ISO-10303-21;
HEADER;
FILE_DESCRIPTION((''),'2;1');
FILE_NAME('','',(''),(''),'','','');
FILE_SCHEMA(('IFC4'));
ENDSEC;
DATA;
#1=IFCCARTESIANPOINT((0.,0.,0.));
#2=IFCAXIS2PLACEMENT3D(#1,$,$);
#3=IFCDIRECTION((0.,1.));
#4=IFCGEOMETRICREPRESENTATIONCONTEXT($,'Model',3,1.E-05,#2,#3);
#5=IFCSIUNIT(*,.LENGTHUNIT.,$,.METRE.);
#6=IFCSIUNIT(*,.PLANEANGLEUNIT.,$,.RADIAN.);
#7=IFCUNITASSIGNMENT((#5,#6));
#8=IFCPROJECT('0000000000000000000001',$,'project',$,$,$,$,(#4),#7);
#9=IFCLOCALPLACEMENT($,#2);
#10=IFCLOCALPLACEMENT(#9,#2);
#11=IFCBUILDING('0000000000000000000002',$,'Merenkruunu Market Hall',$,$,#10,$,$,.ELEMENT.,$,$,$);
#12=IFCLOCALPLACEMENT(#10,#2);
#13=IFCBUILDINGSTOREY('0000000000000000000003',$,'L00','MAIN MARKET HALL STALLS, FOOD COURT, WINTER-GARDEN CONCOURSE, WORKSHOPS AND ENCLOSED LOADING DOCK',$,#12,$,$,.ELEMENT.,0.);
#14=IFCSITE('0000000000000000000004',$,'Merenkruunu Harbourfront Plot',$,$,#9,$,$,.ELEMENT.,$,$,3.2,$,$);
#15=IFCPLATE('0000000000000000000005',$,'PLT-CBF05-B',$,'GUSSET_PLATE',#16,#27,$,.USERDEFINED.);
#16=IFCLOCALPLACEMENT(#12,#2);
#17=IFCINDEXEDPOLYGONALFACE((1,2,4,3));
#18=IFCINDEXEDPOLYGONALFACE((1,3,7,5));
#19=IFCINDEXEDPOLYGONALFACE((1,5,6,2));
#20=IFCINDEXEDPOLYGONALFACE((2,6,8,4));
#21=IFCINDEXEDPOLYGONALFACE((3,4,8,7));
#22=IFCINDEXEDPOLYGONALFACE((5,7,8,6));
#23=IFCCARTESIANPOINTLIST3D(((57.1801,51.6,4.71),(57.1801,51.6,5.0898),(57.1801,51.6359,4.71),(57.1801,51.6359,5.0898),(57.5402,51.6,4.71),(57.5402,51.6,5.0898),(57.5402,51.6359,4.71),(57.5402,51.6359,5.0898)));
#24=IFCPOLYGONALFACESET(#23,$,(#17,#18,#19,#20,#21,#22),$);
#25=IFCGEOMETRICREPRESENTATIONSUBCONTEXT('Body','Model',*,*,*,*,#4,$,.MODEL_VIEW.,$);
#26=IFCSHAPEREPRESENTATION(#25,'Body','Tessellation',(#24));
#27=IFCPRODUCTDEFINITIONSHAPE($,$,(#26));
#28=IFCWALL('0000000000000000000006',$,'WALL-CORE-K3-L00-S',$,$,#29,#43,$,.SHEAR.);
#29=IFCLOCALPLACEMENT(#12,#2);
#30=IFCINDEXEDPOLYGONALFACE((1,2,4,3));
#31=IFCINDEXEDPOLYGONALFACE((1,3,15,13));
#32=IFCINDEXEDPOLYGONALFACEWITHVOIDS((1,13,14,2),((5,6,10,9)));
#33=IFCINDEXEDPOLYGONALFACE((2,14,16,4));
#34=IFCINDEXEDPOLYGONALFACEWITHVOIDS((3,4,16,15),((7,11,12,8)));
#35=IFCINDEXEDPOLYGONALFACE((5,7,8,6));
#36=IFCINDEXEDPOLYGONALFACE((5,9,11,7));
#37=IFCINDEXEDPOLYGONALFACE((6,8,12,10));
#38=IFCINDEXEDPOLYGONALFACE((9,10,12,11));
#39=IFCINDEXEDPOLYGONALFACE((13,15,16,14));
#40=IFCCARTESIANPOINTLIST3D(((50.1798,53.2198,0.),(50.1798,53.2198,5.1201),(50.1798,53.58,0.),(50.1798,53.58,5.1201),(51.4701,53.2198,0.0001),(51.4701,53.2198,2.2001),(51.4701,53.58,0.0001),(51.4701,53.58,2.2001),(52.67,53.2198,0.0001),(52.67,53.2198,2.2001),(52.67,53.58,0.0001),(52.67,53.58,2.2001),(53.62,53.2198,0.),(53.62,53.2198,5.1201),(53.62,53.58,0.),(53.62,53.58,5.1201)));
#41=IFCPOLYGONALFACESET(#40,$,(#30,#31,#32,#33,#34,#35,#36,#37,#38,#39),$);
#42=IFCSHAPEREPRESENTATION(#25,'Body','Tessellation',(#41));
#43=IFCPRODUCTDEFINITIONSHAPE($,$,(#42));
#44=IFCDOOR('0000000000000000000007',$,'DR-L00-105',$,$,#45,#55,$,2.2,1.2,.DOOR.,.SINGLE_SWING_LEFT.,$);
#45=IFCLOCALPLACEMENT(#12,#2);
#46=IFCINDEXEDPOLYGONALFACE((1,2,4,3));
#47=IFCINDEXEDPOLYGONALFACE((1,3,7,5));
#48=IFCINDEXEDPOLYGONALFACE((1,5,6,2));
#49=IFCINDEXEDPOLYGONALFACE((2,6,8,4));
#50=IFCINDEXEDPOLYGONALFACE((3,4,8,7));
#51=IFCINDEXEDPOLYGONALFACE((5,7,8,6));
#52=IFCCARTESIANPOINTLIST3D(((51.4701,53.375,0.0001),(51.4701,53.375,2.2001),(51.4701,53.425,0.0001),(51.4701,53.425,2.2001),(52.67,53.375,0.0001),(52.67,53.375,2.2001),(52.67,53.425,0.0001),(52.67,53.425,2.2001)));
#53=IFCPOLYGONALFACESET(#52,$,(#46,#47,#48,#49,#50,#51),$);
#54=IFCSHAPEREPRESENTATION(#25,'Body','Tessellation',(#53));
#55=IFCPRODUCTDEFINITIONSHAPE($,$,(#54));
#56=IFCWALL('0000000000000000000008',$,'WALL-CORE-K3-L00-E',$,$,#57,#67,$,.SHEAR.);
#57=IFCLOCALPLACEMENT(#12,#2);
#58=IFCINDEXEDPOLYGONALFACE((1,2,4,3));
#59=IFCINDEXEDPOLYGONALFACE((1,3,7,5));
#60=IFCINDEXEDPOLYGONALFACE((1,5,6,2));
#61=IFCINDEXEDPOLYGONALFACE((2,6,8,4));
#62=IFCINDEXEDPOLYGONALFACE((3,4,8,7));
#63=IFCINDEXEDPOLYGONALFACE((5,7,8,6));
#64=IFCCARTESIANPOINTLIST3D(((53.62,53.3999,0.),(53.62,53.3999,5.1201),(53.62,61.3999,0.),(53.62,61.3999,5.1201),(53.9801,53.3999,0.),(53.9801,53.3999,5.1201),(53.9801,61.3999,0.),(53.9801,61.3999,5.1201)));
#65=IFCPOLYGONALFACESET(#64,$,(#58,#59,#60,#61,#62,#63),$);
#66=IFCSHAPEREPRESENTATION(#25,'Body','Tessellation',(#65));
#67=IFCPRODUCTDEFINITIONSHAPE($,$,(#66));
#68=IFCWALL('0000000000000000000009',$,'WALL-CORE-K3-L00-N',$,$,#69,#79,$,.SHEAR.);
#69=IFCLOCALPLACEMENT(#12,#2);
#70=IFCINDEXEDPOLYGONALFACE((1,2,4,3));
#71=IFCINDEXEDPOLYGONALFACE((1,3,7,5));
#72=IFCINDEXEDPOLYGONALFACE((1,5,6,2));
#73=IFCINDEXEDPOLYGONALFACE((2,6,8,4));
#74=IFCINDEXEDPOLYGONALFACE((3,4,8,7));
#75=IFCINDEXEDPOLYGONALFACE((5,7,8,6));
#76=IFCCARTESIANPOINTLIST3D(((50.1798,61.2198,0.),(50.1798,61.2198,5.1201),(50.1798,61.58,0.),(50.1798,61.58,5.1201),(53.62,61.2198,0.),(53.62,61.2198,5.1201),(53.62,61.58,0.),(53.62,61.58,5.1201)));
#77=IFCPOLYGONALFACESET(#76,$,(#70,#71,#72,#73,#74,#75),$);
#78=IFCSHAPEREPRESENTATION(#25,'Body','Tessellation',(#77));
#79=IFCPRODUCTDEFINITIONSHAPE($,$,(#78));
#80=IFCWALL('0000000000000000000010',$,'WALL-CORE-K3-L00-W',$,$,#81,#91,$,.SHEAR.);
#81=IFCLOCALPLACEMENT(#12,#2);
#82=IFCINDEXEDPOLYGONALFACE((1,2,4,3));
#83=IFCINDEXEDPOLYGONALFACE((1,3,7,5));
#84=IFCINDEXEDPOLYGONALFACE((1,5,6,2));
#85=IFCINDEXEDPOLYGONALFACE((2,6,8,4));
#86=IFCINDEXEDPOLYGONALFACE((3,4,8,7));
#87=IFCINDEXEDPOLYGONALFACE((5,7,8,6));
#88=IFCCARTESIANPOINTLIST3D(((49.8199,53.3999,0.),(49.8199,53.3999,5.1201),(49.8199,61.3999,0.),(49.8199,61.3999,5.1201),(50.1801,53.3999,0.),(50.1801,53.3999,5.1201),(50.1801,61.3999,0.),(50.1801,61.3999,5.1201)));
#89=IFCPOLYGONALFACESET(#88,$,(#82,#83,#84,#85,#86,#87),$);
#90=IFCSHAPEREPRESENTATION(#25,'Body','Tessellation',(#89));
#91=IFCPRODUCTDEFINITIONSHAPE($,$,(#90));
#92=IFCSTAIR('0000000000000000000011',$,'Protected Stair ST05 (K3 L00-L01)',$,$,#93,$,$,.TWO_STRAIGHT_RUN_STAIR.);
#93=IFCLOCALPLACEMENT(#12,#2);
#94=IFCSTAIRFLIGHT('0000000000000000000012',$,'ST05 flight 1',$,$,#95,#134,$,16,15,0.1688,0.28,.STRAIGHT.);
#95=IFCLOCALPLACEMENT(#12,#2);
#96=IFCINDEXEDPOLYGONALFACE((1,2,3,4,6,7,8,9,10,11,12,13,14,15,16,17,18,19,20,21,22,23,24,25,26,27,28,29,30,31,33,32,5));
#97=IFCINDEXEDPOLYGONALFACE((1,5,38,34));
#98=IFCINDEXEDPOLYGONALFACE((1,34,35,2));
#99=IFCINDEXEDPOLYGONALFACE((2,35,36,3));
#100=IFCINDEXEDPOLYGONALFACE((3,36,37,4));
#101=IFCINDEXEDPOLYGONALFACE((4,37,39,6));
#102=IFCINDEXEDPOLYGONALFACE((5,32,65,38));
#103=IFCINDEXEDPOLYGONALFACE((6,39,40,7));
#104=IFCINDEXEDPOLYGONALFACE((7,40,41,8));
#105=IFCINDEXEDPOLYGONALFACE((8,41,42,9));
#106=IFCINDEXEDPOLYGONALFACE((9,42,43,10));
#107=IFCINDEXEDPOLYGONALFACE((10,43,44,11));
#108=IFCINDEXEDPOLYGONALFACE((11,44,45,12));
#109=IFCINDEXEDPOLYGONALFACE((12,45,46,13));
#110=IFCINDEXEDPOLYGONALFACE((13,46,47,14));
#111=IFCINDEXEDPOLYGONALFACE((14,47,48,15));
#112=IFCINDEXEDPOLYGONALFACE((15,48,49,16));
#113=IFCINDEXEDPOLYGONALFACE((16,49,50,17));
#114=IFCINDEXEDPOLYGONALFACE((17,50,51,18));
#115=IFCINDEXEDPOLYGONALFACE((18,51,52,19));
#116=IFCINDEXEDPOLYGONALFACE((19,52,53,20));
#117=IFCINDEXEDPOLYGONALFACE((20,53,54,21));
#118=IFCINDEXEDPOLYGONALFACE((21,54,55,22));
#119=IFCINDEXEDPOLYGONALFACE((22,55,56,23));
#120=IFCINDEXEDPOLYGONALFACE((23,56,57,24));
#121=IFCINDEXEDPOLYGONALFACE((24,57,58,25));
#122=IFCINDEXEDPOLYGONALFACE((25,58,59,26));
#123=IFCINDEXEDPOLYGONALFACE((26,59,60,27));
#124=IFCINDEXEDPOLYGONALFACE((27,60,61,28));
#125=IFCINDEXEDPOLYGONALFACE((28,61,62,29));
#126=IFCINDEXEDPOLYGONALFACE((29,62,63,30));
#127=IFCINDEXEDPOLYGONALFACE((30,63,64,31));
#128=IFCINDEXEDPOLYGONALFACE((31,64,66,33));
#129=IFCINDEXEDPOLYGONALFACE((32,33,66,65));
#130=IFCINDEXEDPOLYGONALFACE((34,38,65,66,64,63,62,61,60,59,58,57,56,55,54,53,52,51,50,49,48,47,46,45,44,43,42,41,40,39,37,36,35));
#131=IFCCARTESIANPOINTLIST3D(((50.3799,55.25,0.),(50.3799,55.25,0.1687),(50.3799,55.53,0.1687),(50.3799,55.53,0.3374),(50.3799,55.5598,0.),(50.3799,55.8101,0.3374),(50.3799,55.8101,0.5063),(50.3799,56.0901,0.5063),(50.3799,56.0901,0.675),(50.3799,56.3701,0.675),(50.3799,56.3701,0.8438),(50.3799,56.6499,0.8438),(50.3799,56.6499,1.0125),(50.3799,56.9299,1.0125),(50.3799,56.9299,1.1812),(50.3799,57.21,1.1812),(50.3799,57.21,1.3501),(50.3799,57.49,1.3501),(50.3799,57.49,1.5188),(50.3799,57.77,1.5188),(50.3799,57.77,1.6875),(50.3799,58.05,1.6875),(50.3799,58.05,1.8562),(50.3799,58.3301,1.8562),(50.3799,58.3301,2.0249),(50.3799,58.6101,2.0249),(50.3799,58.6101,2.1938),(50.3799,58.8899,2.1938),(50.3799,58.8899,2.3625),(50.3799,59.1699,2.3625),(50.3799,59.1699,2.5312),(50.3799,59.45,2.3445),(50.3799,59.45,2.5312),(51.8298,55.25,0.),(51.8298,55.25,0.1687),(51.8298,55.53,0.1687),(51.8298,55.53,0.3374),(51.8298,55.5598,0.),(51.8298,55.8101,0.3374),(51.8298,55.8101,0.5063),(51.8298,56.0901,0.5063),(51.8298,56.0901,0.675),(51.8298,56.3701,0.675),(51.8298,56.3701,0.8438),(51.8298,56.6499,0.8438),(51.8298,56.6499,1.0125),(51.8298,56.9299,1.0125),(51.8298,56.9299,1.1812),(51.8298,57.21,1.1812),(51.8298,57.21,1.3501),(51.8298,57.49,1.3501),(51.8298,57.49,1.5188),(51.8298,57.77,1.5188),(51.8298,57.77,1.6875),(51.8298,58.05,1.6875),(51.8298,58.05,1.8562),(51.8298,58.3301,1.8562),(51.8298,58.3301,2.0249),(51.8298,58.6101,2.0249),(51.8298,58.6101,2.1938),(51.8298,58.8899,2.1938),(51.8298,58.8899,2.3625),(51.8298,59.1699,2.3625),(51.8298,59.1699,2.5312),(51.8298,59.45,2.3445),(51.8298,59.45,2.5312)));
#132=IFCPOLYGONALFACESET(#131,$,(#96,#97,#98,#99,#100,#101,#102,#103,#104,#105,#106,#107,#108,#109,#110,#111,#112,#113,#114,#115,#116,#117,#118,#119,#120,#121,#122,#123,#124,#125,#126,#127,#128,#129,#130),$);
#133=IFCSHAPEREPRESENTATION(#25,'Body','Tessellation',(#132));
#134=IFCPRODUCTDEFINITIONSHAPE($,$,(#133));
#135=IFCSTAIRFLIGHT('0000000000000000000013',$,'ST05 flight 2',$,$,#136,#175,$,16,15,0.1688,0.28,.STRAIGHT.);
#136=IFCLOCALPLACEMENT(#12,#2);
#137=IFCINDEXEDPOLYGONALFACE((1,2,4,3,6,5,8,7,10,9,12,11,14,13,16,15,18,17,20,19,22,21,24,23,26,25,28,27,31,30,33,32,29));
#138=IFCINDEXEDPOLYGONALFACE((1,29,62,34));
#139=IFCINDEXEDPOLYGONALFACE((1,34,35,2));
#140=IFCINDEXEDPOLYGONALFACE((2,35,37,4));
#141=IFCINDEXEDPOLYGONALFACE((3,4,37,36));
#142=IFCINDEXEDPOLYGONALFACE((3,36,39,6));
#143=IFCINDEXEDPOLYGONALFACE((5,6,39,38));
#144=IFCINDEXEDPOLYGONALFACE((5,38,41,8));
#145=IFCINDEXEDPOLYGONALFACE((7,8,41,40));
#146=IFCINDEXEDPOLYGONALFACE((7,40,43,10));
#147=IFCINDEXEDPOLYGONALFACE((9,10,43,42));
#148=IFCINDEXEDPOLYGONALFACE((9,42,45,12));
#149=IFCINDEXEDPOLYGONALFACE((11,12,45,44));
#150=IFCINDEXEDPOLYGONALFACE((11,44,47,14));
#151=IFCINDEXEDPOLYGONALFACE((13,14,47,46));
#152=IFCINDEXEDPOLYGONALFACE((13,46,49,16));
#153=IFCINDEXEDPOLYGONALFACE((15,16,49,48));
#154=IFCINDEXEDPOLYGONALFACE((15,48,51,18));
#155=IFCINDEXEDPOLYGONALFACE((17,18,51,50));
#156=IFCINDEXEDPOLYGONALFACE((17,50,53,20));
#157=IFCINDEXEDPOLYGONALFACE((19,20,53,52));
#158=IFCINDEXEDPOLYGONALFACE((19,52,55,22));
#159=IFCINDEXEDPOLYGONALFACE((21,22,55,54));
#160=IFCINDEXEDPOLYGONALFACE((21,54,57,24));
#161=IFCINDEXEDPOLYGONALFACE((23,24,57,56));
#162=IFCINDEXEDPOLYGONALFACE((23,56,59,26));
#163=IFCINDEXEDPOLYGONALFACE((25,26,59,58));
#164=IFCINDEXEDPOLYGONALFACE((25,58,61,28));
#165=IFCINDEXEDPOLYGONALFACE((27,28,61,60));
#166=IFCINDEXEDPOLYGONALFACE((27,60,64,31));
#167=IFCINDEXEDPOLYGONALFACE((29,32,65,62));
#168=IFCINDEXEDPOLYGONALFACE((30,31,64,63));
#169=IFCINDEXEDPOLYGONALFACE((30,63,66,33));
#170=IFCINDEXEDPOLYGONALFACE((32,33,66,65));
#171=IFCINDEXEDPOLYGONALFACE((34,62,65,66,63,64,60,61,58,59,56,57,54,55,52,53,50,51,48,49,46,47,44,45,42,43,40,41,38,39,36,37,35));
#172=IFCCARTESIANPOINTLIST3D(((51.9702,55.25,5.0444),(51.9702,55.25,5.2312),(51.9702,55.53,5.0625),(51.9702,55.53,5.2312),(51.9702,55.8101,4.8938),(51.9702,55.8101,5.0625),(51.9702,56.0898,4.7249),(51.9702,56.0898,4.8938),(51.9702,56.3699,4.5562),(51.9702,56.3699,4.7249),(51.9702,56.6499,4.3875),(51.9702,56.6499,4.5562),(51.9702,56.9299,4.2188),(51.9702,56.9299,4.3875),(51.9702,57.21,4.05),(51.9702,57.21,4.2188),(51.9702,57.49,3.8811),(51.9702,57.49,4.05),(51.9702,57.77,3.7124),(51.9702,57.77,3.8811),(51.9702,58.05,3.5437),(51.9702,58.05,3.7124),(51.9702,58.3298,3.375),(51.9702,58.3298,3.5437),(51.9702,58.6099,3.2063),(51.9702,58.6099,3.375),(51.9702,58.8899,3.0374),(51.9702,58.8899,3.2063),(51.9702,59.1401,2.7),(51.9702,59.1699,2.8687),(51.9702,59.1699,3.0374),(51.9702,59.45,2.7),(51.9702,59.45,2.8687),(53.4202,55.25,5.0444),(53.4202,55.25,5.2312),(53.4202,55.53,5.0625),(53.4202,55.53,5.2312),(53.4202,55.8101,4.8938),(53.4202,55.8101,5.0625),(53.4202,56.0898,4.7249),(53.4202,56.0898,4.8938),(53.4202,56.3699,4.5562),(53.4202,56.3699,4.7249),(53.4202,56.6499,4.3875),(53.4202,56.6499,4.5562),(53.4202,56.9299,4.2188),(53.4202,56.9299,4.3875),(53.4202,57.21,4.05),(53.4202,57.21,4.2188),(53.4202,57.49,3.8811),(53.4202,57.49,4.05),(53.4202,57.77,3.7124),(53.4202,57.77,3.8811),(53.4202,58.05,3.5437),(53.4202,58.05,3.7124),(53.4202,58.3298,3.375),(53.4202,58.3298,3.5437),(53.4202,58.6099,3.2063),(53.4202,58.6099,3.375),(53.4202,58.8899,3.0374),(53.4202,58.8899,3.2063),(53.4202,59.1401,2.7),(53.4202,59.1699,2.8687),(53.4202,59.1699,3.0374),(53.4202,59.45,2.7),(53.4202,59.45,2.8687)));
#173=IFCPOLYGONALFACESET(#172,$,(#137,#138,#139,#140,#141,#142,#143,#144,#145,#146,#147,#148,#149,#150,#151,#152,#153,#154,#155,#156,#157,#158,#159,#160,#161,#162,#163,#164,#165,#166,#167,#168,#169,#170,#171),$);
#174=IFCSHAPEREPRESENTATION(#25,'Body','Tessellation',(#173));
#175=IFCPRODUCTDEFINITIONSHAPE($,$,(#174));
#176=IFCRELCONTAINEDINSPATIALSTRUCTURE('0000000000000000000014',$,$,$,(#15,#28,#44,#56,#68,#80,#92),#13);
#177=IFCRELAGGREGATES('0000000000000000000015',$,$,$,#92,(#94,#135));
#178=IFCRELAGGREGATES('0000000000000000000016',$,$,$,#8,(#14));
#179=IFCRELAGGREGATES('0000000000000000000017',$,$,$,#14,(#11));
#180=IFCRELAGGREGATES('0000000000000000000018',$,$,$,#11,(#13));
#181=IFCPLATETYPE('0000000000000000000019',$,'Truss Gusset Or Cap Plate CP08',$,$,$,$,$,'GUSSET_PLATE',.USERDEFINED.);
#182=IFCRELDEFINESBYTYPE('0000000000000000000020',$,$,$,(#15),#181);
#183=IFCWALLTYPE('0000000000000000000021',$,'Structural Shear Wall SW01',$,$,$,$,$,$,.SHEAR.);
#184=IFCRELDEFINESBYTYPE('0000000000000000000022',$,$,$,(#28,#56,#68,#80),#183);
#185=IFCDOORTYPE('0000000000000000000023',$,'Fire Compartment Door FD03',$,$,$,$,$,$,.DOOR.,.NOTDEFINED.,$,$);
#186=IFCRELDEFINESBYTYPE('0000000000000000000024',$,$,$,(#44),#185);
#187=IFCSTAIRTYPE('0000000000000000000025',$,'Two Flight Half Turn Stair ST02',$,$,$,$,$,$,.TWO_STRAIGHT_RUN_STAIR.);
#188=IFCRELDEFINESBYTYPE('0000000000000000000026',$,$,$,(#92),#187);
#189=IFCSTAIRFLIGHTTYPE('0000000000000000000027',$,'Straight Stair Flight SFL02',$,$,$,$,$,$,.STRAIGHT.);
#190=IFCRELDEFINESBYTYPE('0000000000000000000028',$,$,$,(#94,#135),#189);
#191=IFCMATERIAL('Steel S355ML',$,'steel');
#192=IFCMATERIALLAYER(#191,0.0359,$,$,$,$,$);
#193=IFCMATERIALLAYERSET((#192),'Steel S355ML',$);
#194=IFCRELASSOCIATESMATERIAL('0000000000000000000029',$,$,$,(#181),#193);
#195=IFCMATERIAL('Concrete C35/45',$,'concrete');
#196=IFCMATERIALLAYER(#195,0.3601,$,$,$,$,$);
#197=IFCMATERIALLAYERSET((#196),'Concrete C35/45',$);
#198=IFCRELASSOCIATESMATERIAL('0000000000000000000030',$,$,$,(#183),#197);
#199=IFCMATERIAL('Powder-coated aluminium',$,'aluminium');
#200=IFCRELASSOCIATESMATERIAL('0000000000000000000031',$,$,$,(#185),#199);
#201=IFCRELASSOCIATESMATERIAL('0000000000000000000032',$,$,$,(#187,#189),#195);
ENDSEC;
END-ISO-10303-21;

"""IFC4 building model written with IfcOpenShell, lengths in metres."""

from ifc_helpers import new_model, si_unit, direction, frame, frame_2d, origin, origin_2d, place, context, subcontext, project, spatial, polyline, rectangle, outline, extrude, material, layer, layer_set, type_object, element, fill, aggregate, save


model = new_model("IFC4")

# Units and contexts
model_context = context("Model", 3, precision=1e-05, world=origin(), true_north=direction((0.0, 1.0)))
body_context = subcontext(model_context, "Body", "Model", "MODEL_VIEW")
ifc_project = project(units=[si_unit("LENGTHUNIT", "METRE"), si_unit("PLANEANGLEUNIT", "RADIAN")], contexts=[model_context])

# Site, building, storey
site_placement = place(None, origin())
site = spatial("IfcSite", under=ifc_project, at=site_placement, Name="Merenkruunu Harbourfront Plot", CompositionType="ELEMENT", RefElevation=3.2)
building_placement = place(site_placement, origin())
building = spatial("IfcBuilding", under=site, at=building_placement, Name="Merenkruunu Market Hall", CompositionType="ELEMENT")
storey_placement = place(building_placement, origin())
storey = spatial("IfcBuildingStorey", under=building, at=storey_placement, Name="L00", Description="MAIN MARKET HALL STALLS, FOOD COURT, WINTER-GARDEN CONCOURSE, WORKSHOPS AND ENCLOSED LOADING DOCK", CompositionType="ELEMENT", Elevation=0.0)

# Shared definitions
ifc_material_1 = material(Name="Steel S355ML", Category="steel")

# Shared definitions
ifc_material_2 = material(Name="Powder-coated aluminium", Category="aluminium")

# Plate
ifc_layer_1 = layer(ifc_material_1, 0.0359)
ifc_layer_set_1 = layer_set([ifc_layer_1], Name="Steel S355ML")
plate_type_1 = type_object("IfcPlateType", Name="Truss Gusset Or Cap Plate CP08", ElementType="GUSSET_PLATE", PredefinedType="USERDEFINED", material=ifc_layer_set_1)
plate_1_placement = place(storey_placement, frame((57.3601, 51.6179, 4.71), z_axis=(0.0, 0.0, 1.0), x_axis=(1.0, 0.0, 0.0)))
element("IfcPlate", 1, at=plate_1_placement, inside=storey, type_object=plate_type_1, Name="PLT-CBF05-B", ObjectType="GUSSET_PLATE", PredefinedType="USERDEFINED", context=body_context, shape_type="SweptSolid", body=[
    extrude(rectangle(XDim=0.3601, YDim=0.0359, at=origin_2d()), origin(), (0.0, 0.0, 1.0), 0.3799),
])

# Wall, opening, door
ifc_material_3 = material(Name="Concrete C35/45", Category="concrete")
ifc_layer_2 = layer(ifc_material_3, 0.3601)
ifc_layer_set_2 = layer_set([ifc_layer_2], Name="Concrete C35/45")
wall_type = type_object("IfcWallType", Name="Structural Shear Wall SW01", PredefinedType="SHEAR", material=ifc_layer_set_2)
wall_1_placement = place(storey_placement, frame((53.6201, 53.3999, 0.0), z_axis=(0.0, 0.0, 1.0), x_axis=(-1.0, 0.0, 0.0)))
wall_1 = element("IfcWall", 2, at=wall_1_placement, inside=storey, type_object=wall_type, Name="WALL-CORE-K3-L00-S", PredefinedType="SHEAR", context=body_context, shape_type="SweptSolid", body=[
    extrude(rectangle(XDim=3.4402, YDim=0.3601, at=frame_2d((1.7202, 0.0))), origin(), (0.0, 0.0, 1.0), 5.1201),
])
opening_placement = place(wall_1_placement, frame((0.95, 0.0, 0.0)))
opening = element("IfcOpeningElement", 3, at=opening_placement, cuts=wall_1, PredefinedType="OPENING", context=body_context, shape_type="SweptSolid", body=[
    extrude(rectangle(XDim=1.2, YDim=2.2, at=frame_2d((0.6001, 1.1001))), frame((0.0, 0.1899, 0.0), z_axis=(0.0, -1.0, 0.0), x_axis=(1.0, 0.0, 0.0)), (0.0, 0.0, 1.0), 0.3801),
])
door_type = type_object("IfcDoorType", Name="Fire Compartment Door FD03", OperationType="NOTDEFINED", PredefinedType="DOOR", material=ifc_material_2)
door_placement = place(opening_placement, origin())
door = element("IfcDoor", 4, at=door_placement, inside=storey, type_object=door_type, Name="DR-L00-105", OperationType="SINGLE_SWING_LEFT", OverallHeight=2.2, OverallWidth=1.2, PredefinedType="DOOR", context=body_context, shape_type="SweptSolid", body=[
    extrude(rectangle(XDim=1.2, YDim=2.2, at=frame_2d((0.6001, 1.1001))), frame((0.0, 0.0249, 0.0), z_axis=(0.0, -1.0, 0.0), x_axis=(1.0, 0.0, 0.0)), (0.0, 0.0, 1.0), 0.05),
])
fill(opening, door)

# Walls
wall_2_placement = place(storey_placement, frame((53.8, 53.3999, 0.0), z_axis=(0.0, 0.0, 1.0), x_axis=(0.0, 1.0, 0.0)))
element("IfcWall", 5, at=wall_2_placement, inside=storey, type_object=wall_type, Name="WALL-CORE-K3-L00-E", PredefinedType="SHEAR", context=body_context, shape_type="SweptSolid", body=[
    extrude(rectangle(XDim=8.0, YDim=0.3601, at=frame_2d((4.0, 0.0))), origin(), (0.0, 0.0, 1.0), 5.1201),
])
wall_3_placement = place(storey_placement, frame((53.6201, 61.3999, 0.0), z_axis=(0.0, 0.0, 1.0), x_axis=(-1.0, 0.0, 0.0)))
element("IfcWall", 6, at=wall_3_placement, inside=storey, type_object=wall_type, Name="WALL-CORE-K3-L00-N", PredefinedType="SHEAR", context=body_context, shape_type="SweptSolid", body=[
    extrude(rectangle(XDim=3.4402, YDim=0.3601, at=frame_2d((1.7202, 0.0))), origin(), (0.0, 0.0, 1.0), 5.1201),
])
wall_4_placement = place(storey_placement, frame((50.0, 61.3999, 0.0), z_axis=(0.0, 0.0, 1.0), x_axis=(0.0, -1.0, 0.0)))
element("IfcWall", 7, at=wall_4_placement, inside=storey, type_object=wall_type, Name="WALL-CORE-K3-L00-W", PredefinedType="SHEAR", context=body_context, shape_type="SweptSolid", body=[
    extrude(rectangle(XDim=8.0, YDim=0.3601, at=frame_2d((4.0, 0.0))), origin(), (0.0, 0.0, 1.0), 5.1201),
])

# Stair, stair flights
stair_type = type_object("IfcStairType", Name="Two Flight Half Turn Stair ST02", PredefinedType="TWO_STRAIGHT_RUN_STAIR", material=ifc_material_3)
stair_placement = place(storey_placement, origin())
stair = element("IfcStair", 8, at=stair_placement, inside=storey, type_object=stair_type, Name="Protected Stair ST05 (K3 L00-L01)", PredefinedType="TWO_STRAIGHT_RUN_STAIR")
stair_flight_type = type_object("IfcStairFlightType", Name="Straight Stair Flight SFL02", PredefinedType="STRAIGHT", material=ifc_material_3)
stair_flight_1_placement = place(storey_placement, frame((51.105, 55.25, 0.0), z_axis=(0.0, 0.0, 1.0), x_axis=(0.0, 1.0, 0.0)))
stair_flight_1 = element("IfcStairFlight", 9, at=stair_flight_1_placement, type_object=stair_flight_type, Name="ST05 flight 1", NumberOfRisers=16, NumberOfTreads=15, PredefinedType="STRAIGHT", RiserHeight=0.1688, TreadLength=0.28, context=body_context, shape_type="SweptSolid", body=[
    extrude(outline(polyline([(0.0, 0.0), (0.0, 0.1687), (0.28, 0.1687), (0.28, 0.3374), (0.5601, 0.3374), (0.5601, 0.5063), (0.8401, 0.5063), (0.8401, 0.675), (1.1201, 0.675), (1.1201, 0.8438), (1.3999, 0.8438), (1.3999, 1.0125), (1.6799, 1.0125), (1.6799, 1.1812), (1.96, 1.1812), (1.96, 1.3501), (2.24, 1.3501), (2.24, 1.5188), (2.52, 1.5188), (2.52, 1.6875), (2.8, 1.6875), (2.8, 1.8562), (3.0801, 1.8562), (3.0801, 2.0249), (3.3601, 2.0249), (3.3601, 2.1938), (3.6399, 2.1938), (3.6399, 2.3625), (3.9199, 2.3625), (3.9199, 2.5312), (4.2, 2.5312), (4.2, 2.7), (4.2, 2.3445), (0.3098, 0.0), (0.0, 0.0)])), frame((0.0, 0.7251, 0.0), z_axis=(0.0, -1.0, 0.0), x_axis=(1.0, 0.0, 0.0)), (0.0, 0.0, 1.0), 1.45),
])
stair_flight_2_placement = place(storey_placement, frame((52.6951, 59.45, 2.7), z_axis=(0.0, 0.0, 1.0), x_axis=(0.0, -1.0, 0.0)))
stair_flight_2 = element("IfcStairFlight", 10, at=stair_flight_2_placement, type_object=stair_flight_type, Name="ST05 flight 2", NumberOfRisers=16, NumberOfTreads=15, PredefinedType="STRAIGHT", RiserHeight=0.1688, TreadLength=0.28, context=body_context, shape_type="SweptSolid", body=[
    extrude(outline(polyline([(0.0, 0.0), (0.0, 0.1687), (0.28, 0.1687), (0.28, 0.3374), (0.5601, 0.3374), (0.5601, 0.5063), (0.8401, 0.5063), (0.8401, 0.675), (1.1201, 0.675), (1.1201, 0.8438), (1.3999, 0.8438), (1.3999, 1.0125), (1.6799, 1.0125), (1.6799, 1.1812), (1.96, 1.1812), (1.96, 1.3501), (2.24, 1.3501), (2.24, 1.5188), (2.52, 1.5188), (2.52, 1.6875), (2.8, 1.6875), (2.8, 1.8562), (3.0801, 1.8562), (3.0801, 2.0249), (3.3601, 2.0249), (3.3601, 2.1938), (3.6399, 2.1938), (3.6399, 2.3625), (3.9199, 2.3625), (3.9199, 2.5312), (4.2, 2.5312), (4.2, 2.7), (4.2, 2.3445), (0.3098, 0.0), (0.0, 0.0)])), frame((0.0, 0.7251, 0.0), z_axis=(0.0, -1.0, 0.0), x_axis=(1.0, 0.0, 0.0)), (0.0, 0.0, 1.0), 1.45),
])
aggregate(stair, [stair_flight_1, stair_flight_2])

save(model, "model.ifc")
